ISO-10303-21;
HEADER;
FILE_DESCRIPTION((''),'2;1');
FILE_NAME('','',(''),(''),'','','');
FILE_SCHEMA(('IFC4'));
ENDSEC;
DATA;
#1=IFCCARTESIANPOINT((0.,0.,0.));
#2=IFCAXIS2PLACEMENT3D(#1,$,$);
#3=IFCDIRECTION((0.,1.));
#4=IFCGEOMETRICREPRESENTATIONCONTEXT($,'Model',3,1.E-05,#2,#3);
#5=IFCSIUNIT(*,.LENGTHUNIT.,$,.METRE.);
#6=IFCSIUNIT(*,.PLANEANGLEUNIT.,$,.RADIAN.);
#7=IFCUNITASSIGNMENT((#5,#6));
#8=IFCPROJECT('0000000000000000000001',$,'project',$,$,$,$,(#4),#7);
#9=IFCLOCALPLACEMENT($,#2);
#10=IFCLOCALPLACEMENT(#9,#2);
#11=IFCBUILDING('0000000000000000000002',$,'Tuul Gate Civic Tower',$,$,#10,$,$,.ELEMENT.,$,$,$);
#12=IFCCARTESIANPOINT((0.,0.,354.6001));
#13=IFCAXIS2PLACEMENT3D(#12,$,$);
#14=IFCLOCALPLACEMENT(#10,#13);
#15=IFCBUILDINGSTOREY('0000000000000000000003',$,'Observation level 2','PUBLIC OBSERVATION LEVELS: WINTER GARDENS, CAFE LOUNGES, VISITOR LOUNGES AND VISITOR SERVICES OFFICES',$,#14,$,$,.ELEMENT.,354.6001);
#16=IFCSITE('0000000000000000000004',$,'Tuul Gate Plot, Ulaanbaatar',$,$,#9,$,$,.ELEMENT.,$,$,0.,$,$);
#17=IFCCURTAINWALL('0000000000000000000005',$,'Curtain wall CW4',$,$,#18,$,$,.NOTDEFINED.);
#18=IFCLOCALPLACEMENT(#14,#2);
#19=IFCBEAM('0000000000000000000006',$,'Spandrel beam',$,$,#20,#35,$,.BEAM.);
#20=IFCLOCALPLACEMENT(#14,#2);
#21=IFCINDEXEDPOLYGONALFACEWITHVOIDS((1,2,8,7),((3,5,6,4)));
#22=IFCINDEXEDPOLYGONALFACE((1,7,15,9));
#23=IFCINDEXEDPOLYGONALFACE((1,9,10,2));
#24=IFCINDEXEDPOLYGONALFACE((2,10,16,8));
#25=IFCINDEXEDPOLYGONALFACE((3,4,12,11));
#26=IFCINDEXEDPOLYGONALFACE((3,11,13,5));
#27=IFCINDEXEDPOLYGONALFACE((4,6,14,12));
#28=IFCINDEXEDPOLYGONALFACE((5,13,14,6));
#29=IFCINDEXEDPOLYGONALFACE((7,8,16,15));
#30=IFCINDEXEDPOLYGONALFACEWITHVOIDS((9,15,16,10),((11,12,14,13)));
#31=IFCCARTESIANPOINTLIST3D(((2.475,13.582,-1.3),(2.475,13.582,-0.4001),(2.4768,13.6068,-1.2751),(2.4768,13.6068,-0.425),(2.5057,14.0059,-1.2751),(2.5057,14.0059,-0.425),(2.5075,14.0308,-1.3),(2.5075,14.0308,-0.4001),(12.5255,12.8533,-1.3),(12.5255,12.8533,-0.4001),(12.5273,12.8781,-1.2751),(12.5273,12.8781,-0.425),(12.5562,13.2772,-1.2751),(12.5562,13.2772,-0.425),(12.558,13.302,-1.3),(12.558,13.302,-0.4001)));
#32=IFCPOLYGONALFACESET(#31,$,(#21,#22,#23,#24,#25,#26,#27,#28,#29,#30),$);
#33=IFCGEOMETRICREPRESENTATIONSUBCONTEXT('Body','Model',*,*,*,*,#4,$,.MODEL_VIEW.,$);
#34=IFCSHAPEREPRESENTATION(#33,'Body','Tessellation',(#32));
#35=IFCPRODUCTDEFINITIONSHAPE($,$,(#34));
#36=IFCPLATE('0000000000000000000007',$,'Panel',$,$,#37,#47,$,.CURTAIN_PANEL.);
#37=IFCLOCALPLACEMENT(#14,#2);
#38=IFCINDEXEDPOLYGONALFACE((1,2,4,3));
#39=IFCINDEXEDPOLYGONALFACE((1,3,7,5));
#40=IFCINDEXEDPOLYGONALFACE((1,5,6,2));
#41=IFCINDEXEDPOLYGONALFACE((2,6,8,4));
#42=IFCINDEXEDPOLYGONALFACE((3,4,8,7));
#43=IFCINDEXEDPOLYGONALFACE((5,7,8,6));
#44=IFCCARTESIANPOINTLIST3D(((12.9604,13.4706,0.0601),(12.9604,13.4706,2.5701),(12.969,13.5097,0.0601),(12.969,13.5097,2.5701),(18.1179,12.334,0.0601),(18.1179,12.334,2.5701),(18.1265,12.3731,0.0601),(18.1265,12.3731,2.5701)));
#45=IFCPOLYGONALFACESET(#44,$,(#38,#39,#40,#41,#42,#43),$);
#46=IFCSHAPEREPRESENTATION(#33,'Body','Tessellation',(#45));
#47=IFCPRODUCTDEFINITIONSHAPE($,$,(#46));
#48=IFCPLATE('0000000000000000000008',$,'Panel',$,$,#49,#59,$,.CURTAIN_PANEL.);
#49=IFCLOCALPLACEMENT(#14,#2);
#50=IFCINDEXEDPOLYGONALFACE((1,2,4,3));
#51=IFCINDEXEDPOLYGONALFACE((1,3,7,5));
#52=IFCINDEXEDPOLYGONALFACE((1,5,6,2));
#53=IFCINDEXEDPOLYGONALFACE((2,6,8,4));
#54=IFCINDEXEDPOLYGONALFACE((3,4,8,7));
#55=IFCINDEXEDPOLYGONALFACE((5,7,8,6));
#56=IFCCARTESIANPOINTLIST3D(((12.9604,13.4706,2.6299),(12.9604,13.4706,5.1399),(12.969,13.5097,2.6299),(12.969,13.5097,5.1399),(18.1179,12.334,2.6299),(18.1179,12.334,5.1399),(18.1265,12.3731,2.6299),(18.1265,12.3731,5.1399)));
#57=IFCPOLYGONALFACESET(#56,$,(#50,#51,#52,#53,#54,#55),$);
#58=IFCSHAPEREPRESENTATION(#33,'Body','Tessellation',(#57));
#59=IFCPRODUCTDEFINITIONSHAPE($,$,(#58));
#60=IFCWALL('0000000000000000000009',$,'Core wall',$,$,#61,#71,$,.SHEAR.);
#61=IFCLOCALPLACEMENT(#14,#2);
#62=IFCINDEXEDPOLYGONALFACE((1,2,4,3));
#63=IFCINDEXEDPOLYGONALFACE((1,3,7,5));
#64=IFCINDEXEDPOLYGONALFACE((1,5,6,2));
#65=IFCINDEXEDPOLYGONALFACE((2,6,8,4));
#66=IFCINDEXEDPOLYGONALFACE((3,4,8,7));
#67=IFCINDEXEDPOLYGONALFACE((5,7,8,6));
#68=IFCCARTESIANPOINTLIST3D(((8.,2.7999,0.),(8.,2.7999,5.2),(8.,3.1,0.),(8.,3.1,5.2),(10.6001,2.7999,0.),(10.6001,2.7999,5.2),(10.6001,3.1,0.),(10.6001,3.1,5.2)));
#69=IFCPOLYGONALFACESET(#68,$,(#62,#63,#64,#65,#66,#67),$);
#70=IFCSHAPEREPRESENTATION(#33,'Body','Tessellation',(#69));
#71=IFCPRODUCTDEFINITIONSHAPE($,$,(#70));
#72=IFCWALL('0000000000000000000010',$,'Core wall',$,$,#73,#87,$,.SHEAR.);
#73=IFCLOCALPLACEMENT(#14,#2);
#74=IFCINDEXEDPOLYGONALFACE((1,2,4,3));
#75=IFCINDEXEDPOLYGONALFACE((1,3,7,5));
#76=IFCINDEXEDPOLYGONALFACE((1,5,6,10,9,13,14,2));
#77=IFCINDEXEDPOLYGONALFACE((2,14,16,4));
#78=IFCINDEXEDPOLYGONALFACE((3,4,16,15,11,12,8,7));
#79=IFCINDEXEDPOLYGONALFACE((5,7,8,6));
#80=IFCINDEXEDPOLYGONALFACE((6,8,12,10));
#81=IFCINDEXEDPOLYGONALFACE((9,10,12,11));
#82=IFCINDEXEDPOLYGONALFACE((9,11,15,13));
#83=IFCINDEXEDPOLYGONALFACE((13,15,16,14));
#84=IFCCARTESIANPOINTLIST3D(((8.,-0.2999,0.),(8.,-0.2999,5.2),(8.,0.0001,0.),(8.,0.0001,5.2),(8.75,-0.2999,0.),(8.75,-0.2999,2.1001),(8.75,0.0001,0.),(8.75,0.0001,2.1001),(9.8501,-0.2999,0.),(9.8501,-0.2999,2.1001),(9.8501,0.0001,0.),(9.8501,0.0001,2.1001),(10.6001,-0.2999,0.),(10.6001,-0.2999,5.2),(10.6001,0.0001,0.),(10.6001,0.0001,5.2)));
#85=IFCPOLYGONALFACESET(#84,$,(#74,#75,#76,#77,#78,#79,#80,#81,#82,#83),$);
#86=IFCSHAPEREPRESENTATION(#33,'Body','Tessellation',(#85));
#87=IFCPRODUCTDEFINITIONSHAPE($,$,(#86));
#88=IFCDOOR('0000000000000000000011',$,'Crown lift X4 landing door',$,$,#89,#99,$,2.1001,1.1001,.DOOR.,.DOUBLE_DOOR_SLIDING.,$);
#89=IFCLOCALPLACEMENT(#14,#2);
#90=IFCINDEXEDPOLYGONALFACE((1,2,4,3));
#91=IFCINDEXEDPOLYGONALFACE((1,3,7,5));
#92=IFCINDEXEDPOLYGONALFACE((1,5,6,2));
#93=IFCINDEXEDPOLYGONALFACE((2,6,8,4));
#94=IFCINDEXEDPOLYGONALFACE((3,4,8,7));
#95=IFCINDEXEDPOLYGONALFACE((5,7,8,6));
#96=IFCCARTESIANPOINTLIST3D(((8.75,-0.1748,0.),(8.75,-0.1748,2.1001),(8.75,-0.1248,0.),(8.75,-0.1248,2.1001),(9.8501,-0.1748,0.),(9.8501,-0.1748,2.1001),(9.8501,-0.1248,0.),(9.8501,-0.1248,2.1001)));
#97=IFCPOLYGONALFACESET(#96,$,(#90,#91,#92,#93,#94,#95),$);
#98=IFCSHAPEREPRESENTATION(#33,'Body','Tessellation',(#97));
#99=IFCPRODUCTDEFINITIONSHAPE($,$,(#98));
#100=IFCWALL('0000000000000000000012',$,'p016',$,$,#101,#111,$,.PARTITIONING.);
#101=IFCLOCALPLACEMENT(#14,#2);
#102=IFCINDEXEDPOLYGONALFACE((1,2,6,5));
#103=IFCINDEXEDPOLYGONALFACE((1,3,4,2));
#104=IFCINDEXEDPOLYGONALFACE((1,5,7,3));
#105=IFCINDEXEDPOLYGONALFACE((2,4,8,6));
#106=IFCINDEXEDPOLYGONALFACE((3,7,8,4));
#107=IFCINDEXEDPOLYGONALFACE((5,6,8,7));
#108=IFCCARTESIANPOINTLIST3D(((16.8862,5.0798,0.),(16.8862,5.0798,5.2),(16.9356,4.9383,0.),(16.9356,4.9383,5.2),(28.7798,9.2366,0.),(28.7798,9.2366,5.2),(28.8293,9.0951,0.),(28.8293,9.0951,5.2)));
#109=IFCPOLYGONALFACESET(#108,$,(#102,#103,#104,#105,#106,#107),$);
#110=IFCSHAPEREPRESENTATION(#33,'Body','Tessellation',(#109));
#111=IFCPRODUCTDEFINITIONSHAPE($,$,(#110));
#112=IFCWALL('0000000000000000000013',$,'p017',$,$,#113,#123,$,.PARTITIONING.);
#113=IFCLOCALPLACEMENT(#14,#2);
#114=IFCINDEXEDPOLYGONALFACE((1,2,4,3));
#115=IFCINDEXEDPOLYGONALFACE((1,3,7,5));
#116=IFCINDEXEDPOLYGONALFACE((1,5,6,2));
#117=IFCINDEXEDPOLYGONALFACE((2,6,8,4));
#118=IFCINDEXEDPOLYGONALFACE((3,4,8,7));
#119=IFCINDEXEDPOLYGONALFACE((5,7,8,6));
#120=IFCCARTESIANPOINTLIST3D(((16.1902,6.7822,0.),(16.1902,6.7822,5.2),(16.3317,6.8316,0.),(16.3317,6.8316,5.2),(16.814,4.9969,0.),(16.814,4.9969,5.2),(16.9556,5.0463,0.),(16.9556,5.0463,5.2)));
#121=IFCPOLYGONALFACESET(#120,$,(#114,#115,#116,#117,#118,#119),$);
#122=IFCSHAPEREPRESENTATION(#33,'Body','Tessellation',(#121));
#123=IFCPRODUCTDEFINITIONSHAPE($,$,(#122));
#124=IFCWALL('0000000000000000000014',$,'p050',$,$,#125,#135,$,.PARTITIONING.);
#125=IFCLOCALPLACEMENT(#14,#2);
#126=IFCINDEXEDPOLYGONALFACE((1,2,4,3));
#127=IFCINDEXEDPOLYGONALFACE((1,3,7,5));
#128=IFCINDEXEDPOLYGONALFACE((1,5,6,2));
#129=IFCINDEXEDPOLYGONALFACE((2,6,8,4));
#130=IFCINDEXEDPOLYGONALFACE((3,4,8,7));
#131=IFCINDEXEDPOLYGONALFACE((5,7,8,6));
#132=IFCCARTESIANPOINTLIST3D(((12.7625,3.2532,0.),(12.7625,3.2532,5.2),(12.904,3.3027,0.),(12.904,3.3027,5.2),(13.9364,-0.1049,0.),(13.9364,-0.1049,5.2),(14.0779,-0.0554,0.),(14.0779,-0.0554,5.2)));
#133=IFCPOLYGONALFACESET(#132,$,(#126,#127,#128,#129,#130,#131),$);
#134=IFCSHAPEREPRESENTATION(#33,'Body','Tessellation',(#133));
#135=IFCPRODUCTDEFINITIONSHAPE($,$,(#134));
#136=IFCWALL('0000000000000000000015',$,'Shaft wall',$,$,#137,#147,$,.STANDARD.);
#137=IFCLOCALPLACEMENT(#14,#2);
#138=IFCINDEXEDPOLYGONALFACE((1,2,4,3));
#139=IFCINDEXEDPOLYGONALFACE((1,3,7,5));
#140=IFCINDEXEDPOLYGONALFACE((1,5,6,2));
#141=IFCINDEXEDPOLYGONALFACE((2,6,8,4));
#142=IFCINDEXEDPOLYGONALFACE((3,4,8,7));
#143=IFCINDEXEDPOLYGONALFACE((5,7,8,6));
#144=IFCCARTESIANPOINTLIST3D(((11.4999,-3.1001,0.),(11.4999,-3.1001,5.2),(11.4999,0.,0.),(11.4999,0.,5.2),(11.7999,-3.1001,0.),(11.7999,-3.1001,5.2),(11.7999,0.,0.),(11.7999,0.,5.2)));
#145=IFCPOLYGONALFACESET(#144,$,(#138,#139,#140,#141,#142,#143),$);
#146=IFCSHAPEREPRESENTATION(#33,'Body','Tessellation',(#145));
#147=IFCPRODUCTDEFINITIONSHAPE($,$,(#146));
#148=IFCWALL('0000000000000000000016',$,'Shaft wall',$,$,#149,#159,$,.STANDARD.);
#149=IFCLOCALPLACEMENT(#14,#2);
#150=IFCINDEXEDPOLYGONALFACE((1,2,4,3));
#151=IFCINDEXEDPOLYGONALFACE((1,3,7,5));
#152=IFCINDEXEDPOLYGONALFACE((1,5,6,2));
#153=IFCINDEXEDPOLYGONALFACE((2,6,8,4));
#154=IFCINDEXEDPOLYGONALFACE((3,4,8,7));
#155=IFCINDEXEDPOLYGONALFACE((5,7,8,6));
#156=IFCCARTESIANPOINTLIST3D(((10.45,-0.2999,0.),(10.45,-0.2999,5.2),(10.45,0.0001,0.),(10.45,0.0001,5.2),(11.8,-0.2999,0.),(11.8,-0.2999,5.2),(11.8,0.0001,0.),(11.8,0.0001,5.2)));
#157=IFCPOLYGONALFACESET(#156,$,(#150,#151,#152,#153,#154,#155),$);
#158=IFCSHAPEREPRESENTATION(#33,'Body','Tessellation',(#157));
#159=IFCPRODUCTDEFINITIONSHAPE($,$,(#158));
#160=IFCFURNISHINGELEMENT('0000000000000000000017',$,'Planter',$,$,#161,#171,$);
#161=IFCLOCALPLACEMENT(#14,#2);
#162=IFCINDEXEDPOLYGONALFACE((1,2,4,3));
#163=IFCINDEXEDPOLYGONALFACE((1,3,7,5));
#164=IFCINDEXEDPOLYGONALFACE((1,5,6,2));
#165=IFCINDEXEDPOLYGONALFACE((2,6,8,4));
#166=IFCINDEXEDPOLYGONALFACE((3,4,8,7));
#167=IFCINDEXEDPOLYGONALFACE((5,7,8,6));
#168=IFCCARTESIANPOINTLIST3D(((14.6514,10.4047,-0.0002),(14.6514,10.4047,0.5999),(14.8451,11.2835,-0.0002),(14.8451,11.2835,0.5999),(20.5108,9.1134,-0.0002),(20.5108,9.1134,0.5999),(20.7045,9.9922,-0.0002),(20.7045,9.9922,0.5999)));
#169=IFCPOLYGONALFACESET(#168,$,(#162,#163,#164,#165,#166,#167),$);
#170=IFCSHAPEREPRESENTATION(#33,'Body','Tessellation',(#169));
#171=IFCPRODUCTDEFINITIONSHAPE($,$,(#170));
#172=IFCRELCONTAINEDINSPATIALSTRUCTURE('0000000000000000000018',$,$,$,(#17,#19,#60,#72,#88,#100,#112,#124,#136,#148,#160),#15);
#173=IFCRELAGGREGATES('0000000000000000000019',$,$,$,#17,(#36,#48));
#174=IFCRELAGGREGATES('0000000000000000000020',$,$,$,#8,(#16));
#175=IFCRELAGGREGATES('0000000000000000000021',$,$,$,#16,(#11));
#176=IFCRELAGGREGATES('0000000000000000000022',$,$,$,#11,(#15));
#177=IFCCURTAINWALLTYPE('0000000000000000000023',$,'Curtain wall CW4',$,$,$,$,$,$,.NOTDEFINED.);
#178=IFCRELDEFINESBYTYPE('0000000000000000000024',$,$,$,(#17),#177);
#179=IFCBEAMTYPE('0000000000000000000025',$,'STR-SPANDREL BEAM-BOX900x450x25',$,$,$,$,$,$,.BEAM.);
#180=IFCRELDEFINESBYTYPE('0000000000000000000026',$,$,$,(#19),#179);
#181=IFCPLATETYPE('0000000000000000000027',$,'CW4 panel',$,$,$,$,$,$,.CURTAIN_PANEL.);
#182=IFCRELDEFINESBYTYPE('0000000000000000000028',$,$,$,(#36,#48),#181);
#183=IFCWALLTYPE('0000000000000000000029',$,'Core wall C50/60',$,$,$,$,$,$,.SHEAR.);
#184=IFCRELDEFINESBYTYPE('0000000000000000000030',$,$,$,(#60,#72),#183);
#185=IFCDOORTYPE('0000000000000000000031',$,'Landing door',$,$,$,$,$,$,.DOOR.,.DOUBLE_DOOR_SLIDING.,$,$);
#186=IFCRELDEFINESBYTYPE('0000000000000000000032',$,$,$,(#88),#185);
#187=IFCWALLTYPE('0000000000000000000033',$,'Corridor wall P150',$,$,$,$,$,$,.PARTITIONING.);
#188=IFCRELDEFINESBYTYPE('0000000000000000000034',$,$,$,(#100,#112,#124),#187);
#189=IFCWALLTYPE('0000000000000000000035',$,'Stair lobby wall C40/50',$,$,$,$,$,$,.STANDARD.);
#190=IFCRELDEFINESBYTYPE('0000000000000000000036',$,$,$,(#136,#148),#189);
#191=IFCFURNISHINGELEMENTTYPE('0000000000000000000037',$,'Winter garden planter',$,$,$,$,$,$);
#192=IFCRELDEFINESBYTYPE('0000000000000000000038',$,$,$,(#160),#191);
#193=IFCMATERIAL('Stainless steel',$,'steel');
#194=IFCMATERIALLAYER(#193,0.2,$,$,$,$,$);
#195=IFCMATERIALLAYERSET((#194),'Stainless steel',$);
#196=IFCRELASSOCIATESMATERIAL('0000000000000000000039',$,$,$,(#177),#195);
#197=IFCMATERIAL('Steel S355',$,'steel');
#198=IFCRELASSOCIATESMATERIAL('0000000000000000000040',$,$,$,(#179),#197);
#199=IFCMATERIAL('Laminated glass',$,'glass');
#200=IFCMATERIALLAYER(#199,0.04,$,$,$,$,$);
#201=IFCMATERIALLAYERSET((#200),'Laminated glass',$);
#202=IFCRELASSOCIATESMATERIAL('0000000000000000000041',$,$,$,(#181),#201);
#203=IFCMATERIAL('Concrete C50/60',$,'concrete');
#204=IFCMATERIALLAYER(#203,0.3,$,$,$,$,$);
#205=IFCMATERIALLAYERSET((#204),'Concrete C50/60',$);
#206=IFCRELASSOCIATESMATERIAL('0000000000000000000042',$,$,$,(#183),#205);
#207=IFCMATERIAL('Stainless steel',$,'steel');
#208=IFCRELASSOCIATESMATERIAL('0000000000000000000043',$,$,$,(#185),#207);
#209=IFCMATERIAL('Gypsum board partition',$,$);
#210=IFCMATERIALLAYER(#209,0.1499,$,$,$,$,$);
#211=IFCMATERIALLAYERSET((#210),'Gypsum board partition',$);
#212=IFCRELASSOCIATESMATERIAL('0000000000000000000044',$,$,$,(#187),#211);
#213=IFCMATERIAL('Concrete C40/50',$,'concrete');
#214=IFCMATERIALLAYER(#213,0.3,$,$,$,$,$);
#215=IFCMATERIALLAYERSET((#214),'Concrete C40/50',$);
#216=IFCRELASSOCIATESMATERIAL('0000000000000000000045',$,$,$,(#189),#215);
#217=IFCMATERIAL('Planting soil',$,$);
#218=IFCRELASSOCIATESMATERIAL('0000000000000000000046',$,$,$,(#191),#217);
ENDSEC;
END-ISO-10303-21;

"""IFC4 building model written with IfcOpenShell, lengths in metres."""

from ifc_helpers import new_model, si_unit, direction, frame, frame_2d, origin, origin_2d, place, context, subcontext, project, spatial, rectangle, hollow_rectangle, extrude, material, layer, layer_set, material_profile, profile_set, type_object, element, fill, aggregate, save


model = new_model("IFC4")

# Units and contexts
model_context = context("Model", 3, precision=1e-05, world=origin(), true_north=direction((0.0, 1.0)))
body_context = subcontext(model_context, "Body", "Model", "MODEL_VIEW")
ifc_project = project(units=[si_unit("LENGTHUNIT", "METRE"), si_unit("PLANEANGLEUNIT", "RADIAN")], contexts=[model_context])

# Site, building, storey
site_placement = place(None, origin())
site = spatial("IfcSite", under=ifc_project, at=site_placement, Name="Tuul Gate Plot, Ulaanbaatar", CompositionType="ELEMENT", RefElevation=0.0)
building_placement = place(site_placement, origin())
building = spatial("IfcBuilding", under=site, at=building_placement, Name="Tuul Gate Civic Tower", CompositionType="ELEMENT")
storey_placement = place(building_placement, frame((0.0, 0.0, 354.6001)))
storey = spatial("IfcBuildingStorey", under=building, at=storey_placement, Name="Observation level 2", Description="PUBLIC OBSERVATION LEVELS: WINTER GARDENS, CAFE LOUNGES, VISITOR LOUNGES AND VISITOR SERVICES OFFICES", CompositionType="ELEMENT", Elevation=354.6001)

# Curtain wall
ifc_material_1 = material(Name="Stainless steel", Category="steel")
ifc_layer_1 = layer(ifc_material_1, 0.2)
ifc_layer_set_1 = layer_set([ifc_layer_1], Name="Stainless steel")
curtain_wall_type = type_object("IfcCurtainWallType", Name="Curtain wall CW4", PredefinedType="NOTDEFINED", material=ifc_layer_set_1)
curtain_wall_1_placement = place(storey_placement, origin())
curtain_wall_1 = element("IfcCurtainWall", 1, at=curtain_wall_1_placement, inside=storey, type_object=curtain_wall_type, Name="Curtain wall CW4", PredefinedType="NOTDEFINED")

# Beam
ifc_material_2 = material(Name="Steel S355", Category="steel")
ifc_material_profile_1 = material_profile(ifc_material_2, hollow_rectangle(XDim=0.45, YDim=0.8999, WallThickness=0.0249, at=origin_2d()), Name="BOX900x450x25")
ifc_profile_set_1 = profile_set([ifc_material_profile_1], Name="Steel S355")
beam_type = type_object("IfcBeamType", Name="STR-SPANDREL BEAM-BOX900x450x25", PredefinedType="BEAM", material=ifc_profile_set_1)
beam_placement = place(storey_placement, frame((12.5417, 13.0776, -0.8501), z_axis=(-0.997382, 0.07232, 0.0), x_axis=(-0.07232, -0.997382, 0.0)))
element("IfcBeam", 2, at=beam_placement, inside=storey, type_object=beam_type, Name="Spandrel beam", PredefinedType="BEAM", context=body_context, shape_type="SweptSolid", body=[
    extrude(hollow_rectangle(XDim=0.45, YDim=0.8999, WallThickness=0.0249, at=origin_2d()), origin(), (0.0, 0.0, 1.0), 10.0769),
])

# Plates
ifc_material_3 = material(Name="Laminated glass", Category="glass")
ifc_layer_2 = layer(ifc_material_3, 0.04)
ifc_layer_set_2 = layer_set([ifc_layer_2], Name="Laminated glass")
plate_type = type_object("IfcPlateType", Name="CW4 panel", PredefinedType="CURTAIN_PANEL", material=ifc_layer_set_2)
plate_1_placement = place(storey_placement, frame((15.5435, 12.9219, 0.0601), z_axis=(0.0, 0.0, 1.0), x_axis=(-0.976567, 0.215215, 0.0)))
plate_1 = element("IfcPlate", 3, at=plate_1_placement, type_object=plate_type, Name="Panel", PredefinedType="CURTAIN_PANEL", context=body_context, shape_type="SweptSolid", body=[
    extrude(rectangle(XDim=5.2812, YDim=0.04, at=origin_2d()), origin(), (0.0, 0.0, 1.0), 2.51),
])
plate_2_placement = place(storey_placement, frame((15.5435, 12.9219, 2.6299), z_axis=(0.0, 0.0, 1.0), x_axis=(-0.976567, 0.215215, 0.0)))
plate_2 = element("IfcPlate", 4, at=plate_2_placement, type_object=plate_type, Name="Panel", PredefinedType="CURTAIN_PANEL", context=body_context, shape_type="SweptSolid", body=[
    extrude(rectangle(XDim=5.2812, YDim=0.04, at=origin_2d()), origin(), (0.0, 0.0, 1.0), 2.51),
])
aggregate(curtain_wall_1, [plate_1, plate_2])

# Wall
ifc_material_4 = material(Name="Concrete C50/60", Category="concrete")
ifc_layer_3 = layer(ifc_material_4, 0.3)
ifc_layer_set_3 = layer_set([ifc_layer_3], Name="Concrete C50/60")
wall_type_1 = type_object("IfcWallType", Name="Core wall C50/60", PredefinedType="SHEAR", material=ifc_layer_set_3)
wall_1_placement = place(storey_placement, frame((10.6001, 2.95, 0.0), z_axis=(0.0, 0.0, 1.0), x_axis=(-1.0, 0.0, 0.0)))
element("IfcWall", 5, at=wall_1_placement, inside=storey, type_object=wall_type_1, Name="Core wall", PredefinedType="SHEAR", context=body_context, shape_type="SweptSolid", body=[
    extrude(rectangle(XDim=2.6001, YDim=0.3, at=frame_2d((1.3, 0.0))), origin(), (0.0, 0.0, 1.0), 5.2),
])

# Wall, opening, door
wall_2_placement = place(storey_placement, frame((10.6001, -0.1499, 0.0), z_axis=(0.0, 0.0, 1.0), x_axis=(-1.0, 0.0, 0.0)))
wall_2 = element("IfcWall", 6, at=wall_2_placement, inside=storey, type_object=wall_type_1, Name="Core wall", PredefinedType="SHEAR", context=body_context, shape_type="SweptSolid", body=[
    extrude(rectangle(XDim=2.6001, YDim=0.3, at=frame_2d((1.3, 0.0))), origin(), (0.0, 0.0, 1.0), 5.2),
])
opening_placement = place(wall_2_placement, frame((0.75, 0.0, 0.0)))
opening = element("IfcOpeningElement", 7, at=opening_placement, cuts=wall_2, PredefinedType="OPENING", context=body_context, shape_type="SweptSolid", body=[
    extrude(rectangle(XDim=1.1001, YDim=2.1001, at=frame_2d((0.55, 1.05))), frame((0.0, 0.1602, 0.0), z_axis=(0.0, -1.0, 0.0), x_axis=(1.0, 0.0, 0.0)), (0.0, 0.0, 1.0), 0.3201),
])
ifc_material_5 = material(Name="Stainless steel", Category="steel")
door_type = type_object("IfcDoorType", Name="Landing door", OperationType="DOUBLE_DOOR_SLIDING", PredefinedType="DOOR", material=ifc_material_5)
door_placement = place(opening_placement, origin())
door = element("IfcDoor", 8, at=door_placement, inside=storey, type_object=door_type, Name="Crown lift X4 landing door", OperationType="DOUBLE_DOOR_SLIDING", OverallHeight=2.1001, OverallWidth=1.1001, PredefinedType="DOOR", context=body_context, shape_type="SweptSolid", body=[
    extrude(rectangle(XDim=1.1001, YDim=2.1001, at=frame_2d((0.55, 1.05))), frame((0.0, 0.0249, 0.0), z_axis=(0.0, -1.0, 0.0), x_axis=(1.0, 0.0, 0.0)), (0.0, 0.0, 1.0), 0.05),
])
fill(opening, door)

# Walls
ifc_material_6 = material(Name="Gypsum board partition")
ifc_layer_4 = layer(ifc_material_6, 0.1499)
ifc_layer_set_4 = layer_set([ifc_layer_4], Name="Gypsum board partition")
wall_type_2 = type_object("IfcWallType", Name="Corridor wall P150", PredefinedType="PARTITIONING", material=ifc_layer_set_4)
wall_3_placement = place(storey_placement, frame((16.9109, 5.009, 0.0), z_axis=(0.0, 0.0, 1.0), x_axis=(0.944007, 0.329926, 0.0)))
element("IfcWall", 9, at=wall_3_placement, inside=storey, type_object=wall_type_2, Name="p016", PredefinedType="PARTITIONING", context=body_context, shape_type="SweptSolid", body=[
    extrude(rectangle(XDim=12.5991, YDim=0.1499, at=frame_2d((6.2996, 0.0))), origin(), (0.0, 0.0, 1.0), 5.2),
])
wall_4_placement = place(storey_placement, frame((16.261, 6.8069, 0.0), z_axis=(0.0, 0.0, 1.0), x_axis=(0.329867, -0.944027, 0.0)))
element("IfcWall", 10, at=wall_4_placement, inside=storey, type_object=wall_type_2, Name="p017", PredefinedType="PARTITIONING", context=body_context, shape_type="SweptSolid", body=[
    extrude(rectangle(XDim=1.8911, YDim=0.1499, at=frame_2d((0.9456, 0.0))), origin(), (0.0, 0.0, 1.0), 5.2),
])
wall_5_placement = place(storey_placement, frame((12.8333, 3.2781, 0.0), z_axis=(0.0, 0.0, 1.0), x_axis=(0.329968, -0.943992, 0.0)))
element("IfcWall", 11, at=wall_5_placement, inside=storey, type_object=wall_type_2, Name="p050", PredefinedType="PARTITIONING", context=body_context, shape_type="SweptSolid", body=[
    extrude(rectangle(XDim=3.5574, YDim=0.1499, at=frame_2d((1.7788, 0.0))), origin(), (0.0, 0.0, 1.0), 5.2),
])
ifc_material_7 = material(Name="Concrete C40/50", Category="concrete")
ifc_layer_5 = layer(ifc_material_7, 0.3)
ifc_layer_set_5 = layer_set([ifc_layer_5], Name="Concrete C40/50")
wall_type_3 = type_object("IfcWallType", Name="Stair lobby wall C40/50", PredefinedType="STANDARD", material=ifc_layer_set_5)
wall_6_placement = place(storey_placement, frame((11.6499, 0.0, 0.0), z_axis=(0.0, 0.0, 1.0), x_axis=(0.0, -1.0, 0.0)))
element("IfcWall", 12, at=wall_6_placement, inside=storey, type_object=wall_type_3, Name="Shaft wall", PredefinedType="STANDARD", context=body_context, shape_type="SweptSolid", body=[
    extrude(rectangle(XDim=3.1001, YDim=0.3, at=frame_2d((1.55, 0.0))), origin(), (0.0, 0.0, 1.0), 5.2),
])
wall_7_placement = place(storey_placement, frame((11.8, -0.1499, 0.0), z_axis=(0.0, 0.0, 1.0), x_axis=(-1.0, 0.0, 0.0)))
element("IfcWall", 13, at=wall_7_placement, inside=storey, type_object=wall_type_3, Name="Shaft wall", PredefinedType="STANDARD", context=body_context, shape_type="SweptSolid", body=[
    extrude(rectangle(XDim=1.3501, YDim=0.3, at=frame_2d((0.675, 0.0))), origin(), (0.0, 0.0, 1.0), 5.2),
])

# Furnishing element
ifc_material_8 = material(Name="Planting soil")
furnishing_element_type = type_object("IfcFurnishingElementType", Name="Winter garden planter", material=ifc_material_8)
furnishing_placement = place(storey_placement, frame((17.678, 10.1985, -0.0002), z_axis=(0.0, 0.0, 1.0), x_axis=(-0.976567, 0.215215, 0.0)))
element("IfcFurnishingElement", 14, at=furnishing_placement, inside=storey, type_object=furnishing_element_type, Name="Planter", context=body_context, shape_type="SweptSolid", body=[
    extrude(rectangle(XDim=6.0, YDim=0.8999, at=origin_2d()), origin(), (0.0, 0.0, 1.0), 0.6001),
])

save(model, "model.ifc")
